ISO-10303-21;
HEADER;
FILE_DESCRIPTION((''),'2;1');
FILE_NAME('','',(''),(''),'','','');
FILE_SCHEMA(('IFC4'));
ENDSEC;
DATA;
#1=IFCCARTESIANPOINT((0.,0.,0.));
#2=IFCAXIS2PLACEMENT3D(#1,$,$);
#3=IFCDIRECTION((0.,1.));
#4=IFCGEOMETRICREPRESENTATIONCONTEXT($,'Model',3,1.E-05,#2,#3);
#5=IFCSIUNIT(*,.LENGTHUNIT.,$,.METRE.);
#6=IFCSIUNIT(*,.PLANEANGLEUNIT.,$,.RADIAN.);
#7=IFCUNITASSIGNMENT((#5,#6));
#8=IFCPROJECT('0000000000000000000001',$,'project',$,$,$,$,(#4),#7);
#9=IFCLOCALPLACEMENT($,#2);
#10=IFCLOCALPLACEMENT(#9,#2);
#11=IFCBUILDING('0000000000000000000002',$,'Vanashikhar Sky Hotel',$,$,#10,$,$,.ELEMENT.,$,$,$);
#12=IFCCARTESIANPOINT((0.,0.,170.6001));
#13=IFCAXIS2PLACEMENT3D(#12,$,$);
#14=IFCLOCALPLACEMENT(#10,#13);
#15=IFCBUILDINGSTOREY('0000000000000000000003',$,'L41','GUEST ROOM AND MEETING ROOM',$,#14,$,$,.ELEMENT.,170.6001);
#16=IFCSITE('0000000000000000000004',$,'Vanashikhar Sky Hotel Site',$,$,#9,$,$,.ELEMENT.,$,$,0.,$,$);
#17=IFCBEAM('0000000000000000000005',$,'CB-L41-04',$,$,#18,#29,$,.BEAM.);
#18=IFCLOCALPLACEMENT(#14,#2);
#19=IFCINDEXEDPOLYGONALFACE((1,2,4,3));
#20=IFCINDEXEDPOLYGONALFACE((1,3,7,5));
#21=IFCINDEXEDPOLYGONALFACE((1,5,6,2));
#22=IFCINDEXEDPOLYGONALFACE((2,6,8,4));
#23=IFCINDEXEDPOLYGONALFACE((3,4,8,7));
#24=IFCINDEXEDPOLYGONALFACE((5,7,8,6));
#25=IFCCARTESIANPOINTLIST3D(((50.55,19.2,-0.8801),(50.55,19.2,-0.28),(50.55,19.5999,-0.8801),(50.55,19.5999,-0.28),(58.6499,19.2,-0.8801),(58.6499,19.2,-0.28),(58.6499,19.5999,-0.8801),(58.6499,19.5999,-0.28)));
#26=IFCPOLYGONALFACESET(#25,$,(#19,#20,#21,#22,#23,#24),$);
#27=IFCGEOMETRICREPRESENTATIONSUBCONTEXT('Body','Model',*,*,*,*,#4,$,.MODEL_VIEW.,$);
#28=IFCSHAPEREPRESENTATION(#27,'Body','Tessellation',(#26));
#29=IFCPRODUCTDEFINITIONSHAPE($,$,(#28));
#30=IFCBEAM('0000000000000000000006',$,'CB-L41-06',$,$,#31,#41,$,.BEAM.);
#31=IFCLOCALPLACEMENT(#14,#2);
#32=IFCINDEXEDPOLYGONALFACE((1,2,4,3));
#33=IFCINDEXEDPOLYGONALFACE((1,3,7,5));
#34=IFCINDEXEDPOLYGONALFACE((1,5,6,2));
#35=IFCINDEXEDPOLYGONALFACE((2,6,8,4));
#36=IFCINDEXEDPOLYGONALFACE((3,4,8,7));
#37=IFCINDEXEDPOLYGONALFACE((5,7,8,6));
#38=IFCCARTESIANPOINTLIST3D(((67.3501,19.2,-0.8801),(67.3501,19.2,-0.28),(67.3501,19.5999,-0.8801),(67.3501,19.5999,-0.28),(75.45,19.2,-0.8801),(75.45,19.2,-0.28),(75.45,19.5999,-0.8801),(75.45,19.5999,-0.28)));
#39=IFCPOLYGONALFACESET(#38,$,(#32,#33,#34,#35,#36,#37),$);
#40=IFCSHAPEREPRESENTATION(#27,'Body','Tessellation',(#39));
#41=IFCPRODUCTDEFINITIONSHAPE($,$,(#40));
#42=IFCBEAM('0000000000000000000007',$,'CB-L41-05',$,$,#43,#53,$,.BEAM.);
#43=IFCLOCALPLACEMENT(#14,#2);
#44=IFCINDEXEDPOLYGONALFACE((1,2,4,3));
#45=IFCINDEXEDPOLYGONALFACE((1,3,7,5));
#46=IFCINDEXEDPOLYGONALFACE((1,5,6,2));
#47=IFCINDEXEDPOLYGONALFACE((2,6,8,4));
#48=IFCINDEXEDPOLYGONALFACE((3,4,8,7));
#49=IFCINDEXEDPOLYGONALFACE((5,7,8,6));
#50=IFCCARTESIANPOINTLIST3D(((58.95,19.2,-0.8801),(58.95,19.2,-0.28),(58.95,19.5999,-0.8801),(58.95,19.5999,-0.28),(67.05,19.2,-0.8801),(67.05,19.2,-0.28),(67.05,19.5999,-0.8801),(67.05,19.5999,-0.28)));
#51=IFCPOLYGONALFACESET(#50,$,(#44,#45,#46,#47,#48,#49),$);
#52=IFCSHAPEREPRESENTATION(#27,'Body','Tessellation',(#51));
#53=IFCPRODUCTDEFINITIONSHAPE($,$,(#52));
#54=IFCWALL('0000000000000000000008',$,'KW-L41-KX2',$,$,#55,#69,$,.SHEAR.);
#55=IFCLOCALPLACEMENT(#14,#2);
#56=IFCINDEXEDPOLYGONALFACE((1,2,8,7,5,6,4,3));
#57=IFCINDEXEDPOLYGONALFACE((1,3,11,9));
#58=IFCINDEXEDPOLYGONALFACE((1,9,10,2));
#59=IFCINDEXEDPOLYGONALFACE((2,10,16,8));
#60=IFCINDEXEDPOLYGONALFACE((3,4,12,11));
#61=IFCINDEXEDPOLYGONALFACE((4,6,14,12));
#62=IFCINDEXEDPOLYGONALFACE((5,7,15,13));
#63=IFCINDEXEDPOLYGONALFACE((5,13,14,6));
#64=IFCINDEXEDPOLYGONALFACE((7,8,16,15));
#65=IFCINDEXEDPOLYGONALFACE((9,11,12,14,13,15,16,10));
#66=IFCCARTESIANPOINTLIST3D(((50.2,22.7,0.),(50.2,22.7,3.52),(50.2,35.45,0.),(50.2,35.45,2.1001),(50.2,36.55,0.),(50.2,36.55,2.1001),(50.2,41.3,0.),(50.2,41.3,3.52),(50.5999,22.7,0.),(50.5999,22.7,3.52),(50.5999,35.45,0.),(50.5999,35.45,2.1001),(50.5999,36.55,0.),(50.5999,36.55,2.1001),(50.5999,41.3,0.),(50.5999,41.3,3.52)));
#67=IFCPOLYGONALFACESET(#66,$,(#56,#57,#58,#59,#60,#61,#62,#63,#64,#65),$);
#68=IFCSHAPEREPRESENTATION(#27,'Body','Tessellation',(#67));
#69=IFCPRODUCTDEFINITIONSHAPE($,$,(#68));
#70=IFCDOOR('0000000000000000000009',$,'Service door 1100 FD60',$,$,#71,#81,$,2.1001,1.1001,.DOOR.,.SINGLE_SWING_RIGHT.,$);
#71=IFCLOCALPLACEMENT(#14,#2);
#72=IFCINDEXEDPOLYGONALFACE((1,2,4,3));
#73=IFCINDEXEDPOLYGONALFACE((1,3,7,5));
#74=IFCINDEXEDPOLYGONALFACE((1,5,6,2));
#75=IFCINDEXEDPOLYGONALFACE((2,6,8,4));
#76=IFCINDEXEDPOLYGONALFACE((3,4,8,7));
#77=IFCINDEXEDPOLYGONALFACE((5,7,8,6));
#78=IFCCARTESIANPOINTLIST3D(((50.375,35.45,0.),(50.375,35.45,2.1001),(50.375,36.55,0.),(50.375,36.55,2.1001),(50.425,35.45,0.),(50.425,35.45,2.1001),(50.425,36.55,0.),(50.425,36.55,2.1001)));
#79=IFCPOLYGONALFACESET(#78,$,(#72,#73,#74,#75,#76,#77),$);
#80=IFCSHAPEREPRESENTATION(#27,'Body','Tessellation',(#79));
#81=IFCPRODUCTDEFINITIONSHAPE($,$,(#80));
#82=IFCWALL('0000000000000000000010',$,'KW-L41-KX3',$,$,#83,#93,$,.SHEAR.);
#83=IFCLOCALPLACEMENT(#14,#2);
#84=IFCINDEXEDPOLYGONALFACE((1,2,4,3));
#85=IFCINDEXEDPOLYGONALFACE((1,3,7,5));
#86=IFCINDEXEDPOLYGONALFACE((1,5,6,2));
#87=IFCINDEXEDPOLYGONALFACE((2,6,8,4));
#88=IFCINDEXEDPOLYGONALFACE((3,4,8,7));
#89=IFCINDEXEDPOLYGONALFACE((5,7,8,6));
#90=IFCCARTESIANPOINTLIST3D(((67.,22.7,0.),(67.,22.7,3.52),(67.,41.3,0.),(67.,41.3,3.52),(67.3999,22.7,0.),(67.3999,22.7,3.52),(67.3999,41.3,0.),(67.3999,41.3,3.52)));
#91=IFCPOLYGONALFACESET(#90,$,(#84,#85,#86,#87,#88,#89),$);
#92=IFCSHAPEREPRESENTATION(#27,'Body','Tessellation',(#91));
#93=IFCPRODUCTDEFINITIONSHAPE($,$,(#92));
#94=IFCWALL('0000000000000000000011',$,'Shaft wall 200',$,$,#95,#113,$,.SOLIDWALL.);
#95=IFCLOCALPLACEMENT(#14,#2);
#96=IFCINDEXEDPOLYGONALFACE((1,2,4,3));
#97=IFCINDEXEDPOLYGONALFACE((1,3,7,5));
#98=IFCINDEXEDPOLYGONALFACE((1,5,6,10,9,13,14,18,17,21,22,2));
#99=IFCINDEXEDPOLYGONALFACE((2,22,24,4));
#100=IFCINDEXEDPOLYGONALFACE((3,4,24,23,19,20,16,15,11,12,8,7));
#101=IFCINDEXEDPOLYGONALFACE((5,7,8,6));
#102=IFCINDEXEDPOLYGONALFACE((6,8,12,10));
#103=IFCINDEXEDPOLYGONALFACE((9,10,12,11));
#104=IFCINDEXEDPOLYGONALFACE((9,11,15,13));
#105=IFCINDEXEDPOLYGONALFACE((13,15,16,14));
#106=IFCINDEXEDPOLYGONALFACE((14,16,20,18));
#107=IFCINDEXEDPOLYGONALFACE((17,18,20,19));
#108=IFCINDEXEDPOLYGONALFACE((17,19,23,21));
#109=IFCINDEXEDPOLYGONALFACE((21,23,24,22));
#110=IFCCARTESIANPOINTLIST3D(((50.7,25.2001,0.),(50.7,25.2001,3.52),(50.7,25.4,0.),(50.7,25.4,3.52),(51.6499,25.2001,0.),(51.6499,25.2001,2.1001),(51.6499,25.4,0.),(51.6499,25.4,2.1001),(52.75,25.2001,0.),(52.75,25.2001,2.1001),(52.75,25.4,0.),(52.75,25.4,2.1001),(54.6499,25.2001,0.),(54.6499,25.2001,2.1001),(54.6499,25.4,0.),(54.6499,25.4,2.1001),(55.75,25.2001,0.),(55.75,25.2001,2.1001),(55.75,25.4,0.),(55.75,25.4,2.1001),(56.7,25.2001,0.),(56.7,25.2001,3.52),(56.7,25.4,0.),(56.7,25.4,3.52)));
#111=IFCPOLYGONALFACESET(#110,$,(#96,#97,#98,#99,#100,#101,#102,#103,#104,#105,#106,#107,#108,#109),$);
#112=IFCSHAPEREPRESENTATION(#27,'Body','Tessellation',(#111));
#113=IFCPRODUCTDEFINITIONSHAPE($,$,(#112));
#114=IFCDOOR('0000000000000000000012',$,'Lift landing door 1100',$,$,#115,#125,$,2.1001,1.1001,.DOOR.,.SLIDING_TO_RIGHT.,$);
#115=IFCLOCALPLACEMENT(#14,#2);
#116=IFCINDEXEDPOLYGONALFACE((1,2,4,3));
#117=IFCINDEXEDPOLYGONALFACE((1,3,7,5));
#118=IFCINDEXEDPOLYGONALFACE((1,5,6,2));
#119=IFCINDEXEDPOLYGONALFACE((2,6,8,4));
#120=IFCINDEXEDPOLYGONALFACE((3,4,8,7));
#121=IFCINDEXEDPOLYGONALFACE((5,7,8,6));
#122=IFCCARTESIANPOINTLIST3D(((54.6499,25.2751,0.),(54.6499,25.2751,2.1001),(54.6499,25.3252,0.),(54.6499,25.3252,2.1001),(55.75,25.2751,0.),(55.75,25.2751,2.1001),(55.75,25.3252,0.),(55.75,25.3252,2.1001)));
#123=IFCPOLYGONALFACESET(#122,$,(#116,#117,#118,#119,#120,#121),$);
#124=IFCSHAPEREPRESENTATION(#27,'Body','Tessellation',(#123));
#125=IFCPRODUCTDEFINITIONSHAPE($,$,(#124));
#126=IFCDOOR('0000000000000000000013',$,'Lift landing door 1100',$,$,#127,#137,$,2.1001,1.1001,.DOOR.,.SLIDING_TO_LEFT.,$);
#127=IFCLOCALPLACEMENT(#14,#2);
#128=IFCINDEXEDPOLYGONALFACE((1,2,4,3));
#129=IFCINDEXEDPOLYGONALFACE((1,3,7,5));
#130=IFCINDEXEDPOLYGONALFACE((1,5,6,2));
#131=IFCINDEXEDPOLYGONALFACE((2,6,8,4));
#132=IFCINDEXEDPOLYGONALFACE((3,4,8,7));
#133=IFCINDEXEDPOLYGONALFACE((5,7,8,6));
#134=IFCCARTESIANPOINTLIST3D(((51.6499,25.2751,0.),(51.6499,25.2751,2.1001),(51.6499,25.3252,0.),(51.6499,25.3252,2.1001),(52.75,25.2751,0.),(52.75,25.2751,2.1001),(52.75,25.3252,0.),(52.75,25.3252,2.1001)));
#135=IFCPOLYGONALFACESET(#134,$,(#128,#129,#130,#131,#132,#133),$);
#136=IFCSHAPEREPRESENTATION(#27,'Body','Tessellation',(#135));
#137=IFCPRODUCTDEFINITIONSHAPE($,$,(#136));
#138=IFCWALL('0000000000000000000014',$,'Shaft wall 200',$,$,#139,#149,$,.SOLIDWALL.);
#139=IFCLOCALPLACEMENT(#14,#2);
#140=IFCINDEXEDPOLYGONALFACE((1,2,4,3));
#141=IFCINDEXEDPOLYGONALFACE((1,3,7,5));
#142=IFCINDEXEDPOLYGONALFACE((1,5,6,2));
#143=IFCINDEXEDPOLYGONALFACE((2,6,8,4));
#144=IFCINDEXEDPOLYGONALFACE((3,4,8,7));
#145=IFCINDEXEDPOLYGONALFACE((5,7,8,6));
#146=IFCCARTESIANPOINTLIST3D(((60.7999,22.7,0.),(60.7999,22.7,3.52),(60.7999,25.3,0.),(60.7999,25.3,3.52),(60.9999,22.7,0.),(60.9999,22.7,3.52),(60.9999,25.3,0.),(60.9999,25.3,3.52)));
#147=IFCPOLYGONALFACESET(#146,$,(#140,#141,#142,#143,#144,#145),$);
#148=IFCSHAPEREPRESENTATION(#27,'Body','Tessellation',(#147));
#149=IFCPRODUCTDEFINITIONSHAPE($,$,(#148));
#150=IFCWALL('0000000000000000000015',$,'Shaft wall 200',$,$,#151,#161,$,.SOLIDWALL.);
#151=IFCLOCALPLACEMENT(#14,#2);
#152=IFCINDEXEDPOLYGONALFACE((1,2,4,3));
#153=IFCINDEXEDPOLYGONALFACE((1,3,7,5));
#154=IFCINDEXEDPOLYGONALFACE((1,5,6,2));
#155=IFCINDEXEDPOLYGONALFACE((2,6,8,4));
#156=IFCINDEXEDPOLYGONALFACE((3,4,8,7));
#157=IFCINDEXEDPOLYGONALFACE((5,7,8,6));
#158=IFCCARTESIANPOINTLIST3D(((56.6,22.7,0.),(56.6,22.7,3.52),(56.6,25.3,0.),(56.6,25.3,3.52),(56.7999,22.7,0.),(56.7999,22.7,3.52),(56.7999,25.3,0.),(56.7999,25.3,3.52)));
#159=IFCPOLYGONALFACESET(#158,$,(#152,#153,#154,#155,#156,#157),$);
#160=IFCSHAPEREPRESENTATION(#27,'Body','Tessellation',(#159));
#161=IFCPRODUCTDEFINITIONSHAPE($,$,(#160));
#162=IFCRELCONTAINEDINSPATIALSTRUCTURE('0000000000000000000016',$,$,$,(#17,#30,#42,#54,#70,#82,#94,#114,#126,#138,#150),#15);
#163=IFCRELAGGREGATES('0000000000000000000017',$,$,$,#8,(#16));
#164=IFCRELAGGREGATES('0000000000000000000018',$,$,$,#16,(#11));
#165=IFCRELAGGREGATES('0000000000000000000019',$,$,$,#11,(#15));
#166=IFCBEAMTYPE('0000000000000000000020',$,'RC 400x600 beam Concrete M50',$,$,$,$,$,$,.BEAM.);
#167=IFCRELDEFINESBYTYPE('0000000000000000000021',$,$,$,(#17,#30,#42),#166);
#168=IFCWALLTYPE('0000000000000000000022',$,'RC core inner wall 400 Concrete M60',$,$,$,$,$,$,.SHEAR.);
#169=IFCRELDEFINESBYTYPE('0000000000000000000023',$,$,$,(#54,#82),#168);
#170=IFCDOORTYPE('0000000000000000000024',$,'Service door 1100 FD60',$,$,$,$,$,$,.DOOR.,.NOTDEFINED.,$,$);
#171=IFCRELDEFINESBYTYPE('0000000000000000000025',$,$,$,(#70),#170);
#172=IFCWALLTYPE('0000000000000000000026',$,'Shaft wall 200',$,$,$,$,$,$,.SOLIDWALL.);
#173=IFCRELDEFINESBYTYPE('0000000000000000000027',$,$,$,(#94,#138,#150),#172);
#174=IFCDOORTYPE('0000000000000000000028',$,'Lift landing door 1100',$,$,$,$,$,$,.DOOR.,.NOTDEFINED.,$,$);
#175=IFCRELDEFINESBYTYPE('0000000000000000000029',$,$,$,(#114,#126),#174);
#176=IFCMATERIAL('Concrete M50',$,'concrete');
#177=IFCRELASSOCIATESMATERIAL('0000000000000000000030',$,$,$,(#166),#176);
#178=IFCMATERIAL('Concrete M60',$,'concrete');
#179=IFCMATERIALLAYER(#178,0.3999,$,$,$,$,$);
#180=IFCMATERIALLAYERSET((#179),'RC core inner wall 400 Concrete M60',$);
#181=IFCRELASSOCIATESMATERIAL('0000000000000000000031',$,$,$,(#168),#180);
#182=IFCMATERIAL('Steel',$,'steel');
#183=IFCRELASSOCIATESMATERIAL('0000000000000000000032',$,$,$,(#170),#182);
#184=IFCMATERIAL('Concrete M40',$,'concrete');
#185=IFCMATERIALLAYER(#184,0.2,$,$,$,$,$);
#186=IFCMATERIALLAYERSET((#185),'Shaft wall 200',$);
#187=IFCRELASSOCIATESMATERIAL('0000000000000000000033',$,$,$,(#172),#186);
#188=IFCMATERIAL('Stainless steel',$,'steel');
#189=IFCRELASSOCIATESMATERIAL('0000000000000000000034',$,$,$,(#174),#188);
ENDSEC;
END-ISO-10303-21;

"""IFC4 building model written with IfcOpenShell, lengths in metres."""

from ifc_helpers import new_model, si_unit, direction, frame, frame_2d, origin, origin_2d, place, context, subcontext, project, spatial, rectangle, extrude, source, transform, mapped, material, layer, layer_set, material_profile, profile_set, type_object, element, fill, save


model = new_model("IFC4")

# Units and contexts
model_context = context("Model", 3, precision=1e-05, world=origin(), true_north=direction((0.0, 1.0)))
body_context = subcontext(model_context, "Body", "Model", "MODEL_VIEW")
ifc_project = project(units=[si_unit("LENGTHUNIT", "METRE"), si_unit("PLANEANGLEUNIT", "RADIAN")], contexts=[model_context])

# Site, building, storey
site_placement = place(None, origin())
site = spatial("IfcSite", under=ifc_project, at=site_placement, Name="Vanashikhar Sky Hotel Site", CompositionType="ELEMENT", RefElevation=0.0)
building_placement = place(site_placement, origin())
building = spatial("IfcBuilding", under=site, at=building_placement, Name="Vanashikhar Sky Hotel", CompositionType="ELEMENT")
storey_placement = place(building_placement, frame((0.0, 0.0, 170.6001)))
storey = spatial("IfcBuildingStorey", under=building, at=storey_placement, Name="L41", Description="GUEST ROOM AND MEETING ROOM", CompositionType="ELEMENT", Elevation=170.6001)

# Beams
ifc_material_1 = material(Name="Concrete M50", Category="concrete")
ifc_material_profile = material_profile(ifc_material_1, rectangle(XDim=0.3999, YDim=0.6001, at=origin_2d()))
ifc_profile_set = profile_set([ifc_material_profile], Name="RC 400x600 beam Concrete M50")
beam_type = type_object("IfcBeamType", Name="RC 400x600 beam Concrete M50", PredefinedType="BEAM", material=ifc_profile_set)
shared_shape_1 = source(origin(), body_context, "Body", "SweptSolid", [
    extrude(rectangle(XDim=0.3999, YDim=0.6001, at=origin_2d()), origin(), (0.0, 0.0, 1.0), 8.0999),
])
for number, where, z_axis, x_axis, name in (
    (1, (50.55, 19.3999, -0.5801), (1.0, 0.0, 0.0), (0.0, 1.0, 0.0), "CB-L41-04"),
    (2, (67.3501, 19.3999, -0.5801), (1.0, 0.0, 0.0), (0.0, 1.0, 0.0), "CB-L41-06"),
):
    element("IfcBeam", number, at=place(storey_placement, frame(where, z_axis=z_axis, x_axis=x_axis)), inside=storey, type_object=beam_type, Name=name, PredefinedType="BEAM", context=body_context, shape_type="MappedRepresentation", body=[
        mapped(shared_shape_1, transform((0.0, 0.0, 0.0), scale=1.0)),
    ])
shared_shape_2 = source(origin(), body_context, "Body", "SweptSolid", [
    extrude(rectangle(XDim=0.3999, YDim=0.6001, at=origin_2d()), origin(), (0.0, 0.0, 1.0), 8.1001),
])
beam_placement = place(storey_placement, frame((58.95, 19.3999, -0.5801), z_axis=(1.0, 0.0, 0.0), x_axis=(0.0, 1.0, 0.0)))
element("IfcBeam", 3, at=beam_placement, inside=storey, type_object=beam_type, Name="CB-L41-05", PredefinedType="BEAM", context=body_context, shape_type="MappedRepresentation", body=[
    mapped(shared_shape_2, transform((0.0, 0.0, 0.0), scale=1.0)),
])

# Wall, opening, door
ifc_material_2 = material(Name="Concrete M60", Category="concrete")
ifc_layer_1 = layer(ifc_material_2, 0.3999)
ifc_layer_set_1 = layer_set([ifc_layer_1], Name="RC core inner wall 400 Concrete M60")
wall_type_1 = type_object("IfcWallType", Name="RC core inner wall 400 Concrete M60", PredefinedType="SHEAR", material=ifc_layer_set_1)
shared_shape_3 = source(origin(), body_context, "Body", "SweptSolid", [
    extrude(rectangle(XDim=18.6001, YDim=0.3999, at=frame_2d((9.3, 0.0))), origin(), (0.0, 0.0, 1.0), 3.52),
])
wall_1_placement = place(storey_placement, frame((50.3999, 22.7, 0.0), z_axis=(0.0, 0.0, 1.0), x_axis=(0.0, 1.0, 0.0)))
wall_1 = element("IfcWall", 4, at=wall_1_placement, inside=storey, type_object=wall_type_1, Name="KW-L41-KX2", PredefinedType="SHEAR", context=body_context, shape_type="MappedRepresentation", body=[
    mapped(shared_shape_3, transform((0.0, 0.0, 0.0), scale=1.0)),
])
shared_shape_4 = source(origin(), body_context, "Body", "SweptSolid", [
    extrude(rectangle(XDim=1.1001, YDim=2.1001, at=frame_2d((0.55, 1.05))), frame((0.0, 0.21, 0.0), z_axis=(0.0, -1.0, 0.0), x_axis=(1.0, 0.0, 0.0)), (0.0, 0.0, 1.0), 0.4199),
])
opening_1_placement = place(wall_1_placement, frame((12.75, 0.0, 0.0)))
opening_1 = element("IfcOpeningElement", 5, at=opening_1_placement, cuts=wall_1, PredefinedType="OPENING", context=body_context, shape_type="MappedRepresentation", body=[
    mapped(shared_shape_4, transform((0.0, 0.0, 0.0), scale=1.0)),
])
ifc_material_3 = material(Name="Steel", Category="steel")
door_type_1 = type_object("IfcDoorType", Name="Service door 1100 FD60", OperationType="NOTDEFINED", PredefinedType="DOOR", material=ifc_material_3)
shared_shape_5 = source(origin(), body_context, "Body", "SweptSolid", [
    extrude(rectangle(XDim=1.1001, YDim=2.1001, at=frame_2d((0.55, 1.05))), frame((0.0, 0.0249, 0.0), z_axis=(0.0, -1.0, 0.0), x_axis=(1.0, 0.0, 0.0)), (0.0, 0.0, 1.0), 0.05),
])
door_1_placement = place(opening_1_placement, origin())
door_1 = element("IfcDoor", 6, at=door_1_placement, inside=storey, type_object=door_type_1, Name="Service door 1100 FD60", OperationType="SINGLE_SWING_RIGHT", OverallHeight=2.1001, OverallWidth=1.1001, PredefinedType="DOOR", context=body_context, shape_type="MappedRepresentation", body=[
    mapped(shared_shape_5, transform((0.0, 0.0, 0.0), scale=1.0)),
])
fill(opening_1, door_1)

# Wall
wall_2_placement = place(storey_placement, frame((67.2, 22.7, 0.0), z_axis=(0.0, 0.0, 1.0), x_axis=(0.0, 1.0, 0.0)))
element("IfcWall", 7, at=wall_2_placement, inside=storey, type_object=wall_type_1, Name="KW-L41-KX3", PredefinedType="SHEAR", context=body_context, shape_type="MappedRepresentation", body=[
    mapped(shared_shape_3, transform((0.0, 0.0, 0.0), scale=1.0)),
])

# Wall, openings, doors
ifc_material_4 = material(Name="Concrete M40", Category="concrete")
ifc_layer_2 = layer(ifc_material_4, 0.2)
ifc_layer_set_2 = layer_set([ifc_layer_2], Name="Shaft wall 200")
wall_type_2 = type_object("IfcWallType", Name="Shaft wall 200", PredefinedType="SOLIDWALL", material=ifc_layer_set_2)
shared_shape_6 = source(origin(), body_context, "Body", "SweptSolid", [
    extrude(rectangle(XDim=6.0, YDim=0.2, at=frame_2d((3.0, 0.0))), origin(), (0.0, 0.0, 1.0), 3.52),
])
wall_3_placement = place(storey_placement, frame((56.7, 25.3, 0.0), z_axis=(0.0, 0.0, 1.0), x_axis=(-1.0, 0.0, 0.0)))
wall_3 = element("IfcWall", 8, at=wall_3_placement, inside=storey, type_object=wall_type_2, Name="Shaft wall 200", PredefinedType="SOLIDWALL", context=body_context, shape_type="MappedRepresentation", body=[
    mapped(shared_shape_6, transform((0.0, 0.0, 0.0), scale=1.0)),
])
shared_shape_7 = source(origin(), body_context, "Body", "SweptSolid", [
    extrude(rectangle(XDim=1.1001, YDim=2.1001, at=frame_2d((0.55, 1.05))), frame((0.0, 0.1099, 0.0), z_axis=(0.0, -1.0, 0.0), x_axis=(1.0, 0.0, 0.0)), (0.0, 0.0, 1.0), 0.22),
])
opening_2_placement = place(wall_3_placement, frame((0.95, 0.0, 0.0)))
opening_2 = element("IfcOpeningElement", 9, at=opening_2_placement, cuts=wall_3, PredefinedType="OPENING", context=body_context, shape_type="MappedRepresentation", body=[
    mapped(shared_shape_7, transform((0.0, 0.0, 0.0), scale=1.0)),
])
opening_3_placement = place(wall_3_placement, frame((3.95, 0.0, 0.0)))
opening_3 = element("IfcOpeningElement", 10, at=opening_3_placement, cuts=wall_3, PredefinedType="OPENING", context=body_context, shape_type="MappedRepresentation", body=[
    mapped(shared_shape_7, transform((0.0, 0.0, 0.0), scale=1.0)),
])
ifc_material_5 = material(Name="Stainless steel", Category="steel")
door_type_2 = type_object("IfcDoorType", Name="Lift landing door 1100", OperationType="NOTDEFINED", PredefinedType="DOOR", material=ifc_material_5)
door_2_placement = place(opening_2_placement, origin())
door_2 = element("IfcDoor", 11, at=door_2_placement, inside=storey, type_object=door_type_2, Name="Lift landing door 1100", OperationType="SLIDING_TO_RIGHT", OverallHeight=2.1001, OverallWidth=1.1001, PredefinedType="DOOR", context=body_context, shape_type="MappedRepresentation", body=[
    mapped(shared_shape_5, transform((0.0, 0.0, 0.0), scale=1.0)),
])
fill(opening_2, door_2)
door_3_placement = place(opening_3_placement, origin())
door_3 = element("IfcDoor", 12, at=door_3_placement, inside=storey, type_object=door_type_2, Name="Lift landing door 1100", OperationType="SLIDING_TO_LEFT", OverallHeight=2.1001, OverallWidth=1.1001, PredefinedType="DOOR", context=body_context, shape_type="MappedRepresentation", body=[
    mapped(shared_shape_5, transform((0.0, 0.0, 0.0), scale=1.0)),
])
fill(opening_3, door_3)

# Walls
shared_shape_8 = source(origin(), body_context, "Body", "SweptSolid", [
    extrude(rectangle(XDim=2.6001, YDim=0.2, at=frame_2d((1.3, 0.0))), origin(), (0.0, 0.0, 1.0), 3.52),
])
for number, where, z_axis, x_axis, name in (
    (13, (60.8999, 22.7, 0.0), (0.0, 0.0, 1.0), (0.0, 1.0, 0.0), "Shaft wall 200"),
    (14, (56.7, 22.7, 0.0), (0.0, 0.0, 1.0), (0.0, 1.0, 0.0), "Shaft wall 200"),
):
    element("IfcWall", number, at=place(storey_placement, frame(where, z_axis=z_axis, x_axis=x_axis)), inside=storey, type_object=wall_type_2, Name=name, PredefinedType="SOLIDWALL", context=body_context, shape_type="MappedRepresentation", body=[
        mapped(shared_shape_8, transform((0.0, 0.0, 0.0), scale=1.0)),
    ])

save(model, "model.ifc")
